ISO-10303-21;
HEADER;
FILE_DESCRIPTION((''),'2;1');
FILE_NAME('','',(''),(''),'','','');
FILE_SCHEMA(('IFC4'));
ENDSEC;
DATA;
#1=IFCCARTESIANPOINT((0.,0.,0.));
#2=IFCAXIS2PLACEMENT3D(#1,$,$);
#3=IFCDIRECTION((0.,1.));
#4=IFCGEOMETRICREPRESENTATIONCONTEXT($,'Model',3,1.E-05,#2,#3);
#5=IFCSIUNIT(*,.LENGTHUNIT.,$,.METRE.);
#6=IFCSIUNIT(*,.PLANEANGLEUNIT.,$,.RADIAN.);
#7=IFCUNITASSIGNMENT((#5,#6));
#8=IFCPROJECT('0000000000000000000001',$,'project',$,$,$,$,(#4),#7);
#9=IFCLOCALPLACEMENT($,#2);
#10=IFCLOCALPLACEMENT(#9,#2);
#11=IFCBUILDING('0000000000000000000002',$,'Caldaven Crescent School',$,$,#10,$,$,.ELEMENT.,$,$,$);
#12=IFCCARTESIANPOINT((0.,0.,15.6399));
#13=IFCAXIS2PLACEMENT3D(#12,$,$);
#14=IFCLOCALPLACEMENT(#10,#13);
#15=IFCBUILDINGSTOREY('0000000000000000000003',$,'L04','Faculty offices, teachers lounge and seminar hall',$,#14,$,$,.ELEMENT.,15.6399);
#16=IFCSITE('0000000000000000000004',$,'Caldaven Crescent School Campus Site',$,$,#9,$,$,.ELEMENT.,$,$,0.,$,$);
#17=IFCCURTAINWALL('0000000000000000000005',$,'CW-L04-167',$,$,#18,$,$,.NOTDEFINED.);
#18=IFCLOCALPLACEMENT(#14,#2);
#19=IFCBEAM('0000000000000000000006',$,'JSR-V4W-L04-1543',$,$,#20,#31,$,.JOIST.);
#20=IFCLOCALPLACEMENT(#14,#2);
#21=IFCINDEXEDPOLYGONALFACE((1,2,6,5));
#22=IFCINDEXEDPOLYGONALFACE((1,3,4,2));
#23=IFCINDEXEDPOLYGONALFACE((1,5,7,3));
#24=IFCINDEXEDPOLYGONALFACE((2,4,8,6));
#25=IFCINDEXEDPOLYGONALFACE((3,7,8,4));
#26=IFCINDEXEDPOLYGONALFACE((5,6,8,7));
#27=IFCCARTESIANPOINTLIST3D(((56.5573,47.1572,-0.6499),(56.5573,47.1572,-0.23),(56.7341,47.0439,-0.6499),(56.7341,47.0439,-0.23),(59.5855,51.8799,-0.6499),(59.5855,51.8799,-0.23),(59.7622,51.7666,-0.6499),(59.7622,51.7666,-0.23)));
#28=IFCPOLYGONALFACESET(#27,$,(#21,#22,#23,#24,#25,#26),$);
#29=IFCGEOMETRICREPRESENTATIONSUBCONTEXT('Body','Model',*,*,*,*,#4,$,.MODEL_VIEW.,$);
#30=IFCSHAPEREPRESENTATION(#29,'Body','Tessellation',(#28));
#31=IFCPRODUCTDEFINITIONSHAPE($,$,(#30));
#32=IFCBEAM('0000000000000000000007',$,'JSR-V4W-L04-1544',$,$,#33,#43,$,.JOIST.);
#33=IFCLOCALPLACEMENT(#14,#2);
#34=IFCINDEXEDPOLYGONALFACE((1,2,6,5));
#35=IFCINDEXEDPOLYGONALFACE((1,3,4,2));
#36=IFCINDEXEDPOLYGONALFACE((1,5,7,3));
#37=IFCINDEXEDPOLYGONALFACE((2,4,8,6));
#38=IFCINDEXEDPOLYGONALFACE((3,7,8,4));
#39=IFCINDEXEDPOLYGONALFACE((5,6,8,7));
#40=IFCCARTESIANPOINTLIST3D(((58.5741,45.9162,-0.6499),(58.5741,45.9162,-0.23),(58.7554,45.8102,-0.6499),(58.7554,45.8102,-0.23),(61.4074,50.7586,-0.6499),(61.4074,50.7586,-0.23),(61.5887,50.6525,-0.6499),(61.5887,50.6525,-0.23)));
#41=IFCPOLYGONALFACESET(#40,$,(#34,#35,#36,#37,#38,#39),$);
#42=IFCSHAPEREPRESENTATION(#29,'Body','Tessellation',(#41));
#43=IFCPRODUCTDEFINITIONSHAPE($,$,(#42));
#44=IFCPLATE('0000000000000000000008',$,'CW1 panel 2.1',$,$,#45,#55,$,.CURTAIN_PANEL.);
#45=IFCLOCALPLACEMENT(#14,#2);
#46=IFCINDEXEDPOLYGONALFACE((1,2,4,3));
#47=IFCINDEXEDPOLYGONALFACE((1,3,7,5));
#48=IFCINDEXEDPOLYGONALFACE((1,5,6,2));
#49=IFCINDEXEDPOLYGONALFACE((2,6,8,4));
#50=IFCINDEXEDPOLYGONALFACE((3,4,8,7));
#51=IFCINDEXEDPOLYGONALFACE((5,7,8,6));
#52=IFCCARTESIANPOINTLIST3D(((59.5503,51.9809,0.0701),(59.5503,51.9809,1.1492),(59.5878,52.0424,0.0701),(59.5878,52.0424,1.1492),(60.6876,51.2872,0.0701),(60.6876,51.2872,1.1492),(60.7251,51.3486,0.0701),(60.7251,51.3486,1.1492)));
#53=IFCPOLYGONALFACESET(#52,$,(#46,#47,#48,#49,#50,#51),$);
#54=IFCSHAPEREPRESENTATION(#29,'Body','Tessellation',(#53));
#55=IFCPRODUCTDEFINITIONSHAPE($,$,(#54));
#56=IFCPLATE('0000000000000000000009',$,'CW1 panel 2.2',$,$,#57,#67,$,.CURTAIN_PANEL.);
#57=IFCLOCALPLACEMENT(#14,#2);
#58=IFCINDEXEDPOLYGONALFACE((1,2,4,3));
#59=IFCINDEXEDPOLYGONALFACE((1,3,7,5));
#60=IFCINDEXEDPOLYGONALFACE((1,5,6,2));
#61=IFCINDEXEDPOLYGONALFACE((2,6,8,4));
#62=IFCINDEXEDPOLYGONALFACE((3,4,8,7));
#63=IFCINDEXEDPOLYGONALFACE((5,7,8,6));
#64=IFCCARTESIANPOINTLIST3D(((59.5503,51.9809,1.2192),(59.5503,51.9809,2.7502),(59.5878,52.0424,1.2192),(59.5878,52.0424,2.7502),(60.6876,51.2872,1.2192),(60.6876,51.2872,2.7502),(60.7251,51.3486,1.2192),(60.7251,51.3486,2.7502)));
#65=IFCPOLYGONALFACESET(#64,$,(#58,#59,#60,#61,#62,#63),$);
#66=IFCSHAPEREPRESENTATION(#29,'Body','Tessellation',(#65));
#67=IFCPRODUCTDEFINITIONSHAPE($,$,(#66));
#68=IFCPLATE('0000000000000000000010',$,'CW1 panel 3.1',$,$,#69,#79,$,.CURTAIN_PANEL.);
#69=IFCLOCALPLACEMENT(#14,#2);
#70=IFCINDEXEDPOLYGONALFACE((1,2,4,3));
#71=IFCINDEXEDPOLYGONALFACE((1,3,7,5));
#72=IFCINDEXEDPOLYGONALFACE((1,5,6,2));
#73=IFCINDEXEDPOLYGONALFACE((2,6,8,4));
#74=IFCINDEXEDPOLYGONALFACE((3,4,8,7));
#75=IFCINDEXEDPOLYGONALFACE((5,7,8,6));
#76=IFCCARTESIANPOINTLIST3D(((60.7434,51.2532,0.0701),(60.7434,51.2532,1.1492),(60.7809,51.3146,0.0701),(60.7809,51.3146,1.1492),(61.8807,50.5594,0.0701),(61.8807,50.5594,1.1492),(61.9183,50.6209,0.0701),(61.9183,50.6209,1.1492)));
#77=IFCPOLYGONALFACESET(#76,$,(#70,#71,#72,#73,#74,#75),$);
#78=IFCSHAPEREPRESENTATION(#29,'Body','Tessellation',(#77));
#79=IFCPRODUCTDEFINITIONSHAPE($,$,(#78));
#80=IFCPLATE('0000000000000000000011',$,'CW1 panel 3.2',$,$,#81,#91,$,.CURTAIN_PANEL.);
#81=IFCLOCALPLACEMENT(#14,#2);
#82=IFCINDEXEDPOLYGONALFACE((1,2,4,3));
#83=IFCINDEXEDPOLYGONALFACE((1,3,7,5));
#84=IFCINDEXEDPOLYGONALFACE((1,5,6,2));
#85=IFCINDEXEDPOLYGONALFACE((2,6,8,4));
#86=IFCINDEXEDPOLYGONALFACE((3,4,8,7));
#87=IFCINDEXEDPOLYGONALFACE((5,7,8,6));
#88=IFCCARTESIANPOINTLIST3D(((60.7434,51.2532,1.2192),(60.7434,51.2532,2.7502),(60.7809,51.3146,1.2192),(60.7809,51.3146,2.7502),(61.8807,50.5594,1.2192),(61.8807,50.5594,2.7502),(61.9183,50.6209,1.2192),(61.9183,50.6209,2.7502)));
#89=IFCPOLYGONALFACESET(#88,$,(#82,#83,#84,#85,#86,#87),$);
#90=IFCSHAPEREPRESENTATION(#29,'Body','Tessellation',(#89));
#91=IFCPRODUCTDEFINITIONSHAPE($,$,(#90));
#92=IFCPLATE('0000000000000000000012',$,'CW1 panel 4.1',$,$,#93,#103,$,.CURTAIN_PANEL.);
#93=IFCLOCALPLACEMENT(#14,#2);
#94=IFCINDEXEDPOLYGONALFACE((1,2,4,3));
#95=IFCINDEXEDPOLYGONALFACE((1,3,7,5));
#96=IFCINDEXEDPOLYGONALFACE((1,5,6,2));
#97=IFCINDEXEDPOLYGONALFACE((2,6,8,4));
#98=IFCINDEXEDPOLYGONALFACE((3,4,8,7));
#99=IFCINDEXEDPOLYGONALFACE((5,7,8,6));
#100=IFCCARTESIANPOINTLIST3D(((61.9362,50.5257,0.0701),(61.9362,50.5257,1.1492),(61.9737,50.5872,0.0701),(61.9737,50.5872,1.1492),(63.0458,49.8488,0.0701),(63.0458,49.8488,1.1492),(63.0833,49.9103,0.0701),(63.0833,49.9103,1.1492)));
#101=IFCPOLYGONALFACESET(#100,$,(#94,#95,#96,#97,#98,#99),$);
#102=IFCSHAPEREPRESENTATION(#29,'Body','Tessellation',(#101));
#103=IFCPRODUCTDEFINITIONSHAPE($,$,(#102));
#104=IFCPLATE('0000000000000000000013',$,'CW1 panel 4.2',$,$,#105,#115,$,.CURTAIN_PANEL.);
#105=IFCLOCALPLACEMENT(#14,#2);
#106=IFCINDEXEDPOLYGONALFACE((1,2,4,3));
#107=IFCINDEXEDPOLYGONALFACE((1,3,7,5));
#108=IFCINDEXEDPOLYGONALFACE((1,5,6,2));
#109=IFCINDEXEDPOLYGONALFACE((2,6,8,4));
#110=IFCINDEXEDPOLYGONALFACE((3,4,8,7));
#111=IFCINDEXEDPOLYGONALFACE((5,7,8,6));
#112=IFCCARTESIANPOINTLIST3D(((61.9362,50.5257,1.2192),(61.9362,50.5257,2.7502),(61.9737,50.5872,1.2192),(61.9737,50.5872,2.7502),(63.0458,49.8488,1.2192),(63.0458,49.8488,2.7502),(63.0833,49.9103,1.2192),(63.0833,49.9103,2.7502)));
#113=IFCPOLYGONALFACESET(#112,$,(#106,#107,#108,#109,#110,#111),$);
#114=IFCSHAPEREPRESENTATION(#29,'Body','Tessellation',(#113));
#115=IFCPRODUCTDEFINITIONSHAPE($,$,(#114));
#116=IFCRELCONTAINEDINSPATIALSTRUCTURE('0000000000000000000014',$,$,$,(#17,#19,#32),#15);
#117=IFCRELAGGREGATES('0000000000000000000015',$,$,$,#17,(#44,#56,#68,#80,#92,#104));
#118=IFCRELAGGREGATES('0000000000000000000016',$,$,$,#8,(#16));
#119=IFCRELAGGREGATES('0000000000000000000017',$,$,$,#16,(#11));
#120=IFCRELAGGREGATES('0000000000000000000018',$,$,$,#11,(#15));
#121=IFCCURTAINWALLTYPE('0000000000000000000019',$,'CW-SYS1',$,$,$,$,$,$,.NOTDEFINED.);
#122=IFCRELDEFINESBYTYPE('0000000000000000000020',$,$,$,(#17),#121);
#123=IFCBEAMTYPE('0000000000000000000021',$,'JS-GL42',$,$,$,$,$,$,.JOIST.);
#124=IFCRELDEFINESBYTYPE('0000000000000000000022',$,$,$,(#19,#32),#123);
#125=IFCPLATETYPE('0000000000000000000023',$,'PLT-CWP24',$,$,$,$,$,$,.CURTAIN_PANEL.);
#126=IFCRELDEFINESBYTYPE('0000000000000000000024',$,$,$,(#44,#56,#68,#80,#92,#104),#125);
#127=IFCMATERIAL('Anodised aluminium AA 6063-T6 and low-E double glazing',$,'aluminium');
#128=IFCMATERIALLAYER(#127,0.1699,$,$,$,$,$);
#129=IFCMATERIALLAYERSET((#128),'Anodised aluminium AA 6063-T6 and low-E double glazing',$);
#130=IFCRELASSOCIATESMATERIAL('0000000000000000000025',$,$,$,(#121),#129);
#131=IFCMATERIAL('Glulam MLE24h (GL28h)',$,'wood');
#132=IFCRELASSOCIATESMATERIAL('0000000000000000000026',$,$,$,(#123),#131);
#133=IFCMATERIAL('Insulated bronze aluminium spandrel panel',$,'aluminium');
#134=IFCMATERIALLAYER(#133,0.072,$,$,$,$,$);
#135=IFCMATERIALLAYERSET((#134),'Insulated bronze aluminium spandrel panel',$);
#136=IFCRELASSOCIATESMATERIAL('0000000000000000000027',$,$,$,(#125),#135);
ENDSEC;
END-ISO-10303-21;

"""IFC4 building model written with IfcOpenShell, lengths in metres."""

from ifc_helpers import new_model, si_unit, direction, frame, origin, origin_2d, place, context, subcontext, project, spatial, rectangle, extrude, material, layer, layer_set, material_profile, profile_set, type_object, element, aggregate, save


model = new_model("IFC4")

# Units and contexts
model_context = context("Model", 3, precision=1e-05, world=origin(), true_north=direction((0.0, 1.0)))
body_context = subcontext(model_context, "Body", "Model", "MODEL_VIEW")
ifc_project = project(units=[si_unit("LENGTHUNIT", "METRE"), si_unit("PLANEANGLEUNIT", "RADIAN")], contexts=[model_context])

# Site, building, storey
site_placement = place(None, origin())
site = spatial("IfcSite", under=ifc_project, at=site_placement, Name="Caldaven Crescent School Campus Site", CompositionType="ELEMENT", RefElevation=0.0)
building_placement = place(site_placement, origin())
building = spatial("IfcBuilding", under=site, at=building_placement, Name="Caldaven Crescent School", CompositionType="ELEMENT")
storey_placement = place(building_placement, frame((0.0, 0.0, 15.6399)))
storey = spatial("IfcBuildingStorey", under=building, at=storey_placement, Name="L04", Description="Faculty offices, teachers lounge and seminar hall", CompositionType="ELEMENT", Elevation=15.6399)

# Shared definitions
ifc_material_1 = material(Name="Glulam MLE24h (GL28h)", Category="wood")

# Curtain wall
ifc_material_2 = material(Name="Anodised aluminium AA 6063-T6 and low-E double glazing", Category="aluminium")
ifc_layer_1 = layer(ifc_material_2, 0.1699)
ifc_layer_set_1 = layer_set([ifc_layer_1], Name="Anodised aluminium AA 6063-T6 and low-E double glazing")
curtain_wall_type = type_object("IfcCurtainWallType", Name="CW-SYS1", PredefinedType="NOTDEFINED", material=ifc_layer_set_1)
curtain_wall_placement = place(storey_placement, origin())
curtain_wall = element("IfcCurtainWall", 1, at=curtain_wall_placement, inside=storey, type_object=curtain_wall_type, Name="CW-L04-167", PredefinedType="NOTDEFINED")

# Beams
ifc_material_profile_1 = material_profile(ifc_material_1, rectangle(XDim=0.21, YDim=0.4199, at=origin_2d()), Name="MLE 210x420")
ifc_profile_set_1 = profile_set([ifc_material_profile_1], Name="Glulam MLE24h (GL28h)")
beam_type_1 = type_object("IfcBeamType", Name="JS-GL42", PredefinedType="JOIST", material=ifc_profile_set_1)
beam_1_placement = place(storey_placement, frame((59.6738, 51.8232, -0.4399), z_axis=(-0.539759, -0.84182, 0.0), x_axis=(0.84182, -0.539759, 0.0)))
element("IfcBeam", 2, at=beam_1_placement, inside=storey, type_object=beam_type_1, Name="JSR-V4W-L04-1543", PredefinedType="JOIST", context=body_context, shape_type="SweptSolid", body=[
    extrude(rectangle(XDim=0.21, YDim=0.4199, at=origin_2d()), origin(), (0.0, 0.0, 1.0), 5.6101),
])
beam_2_placement = place(storey_placement, frame((61.498, 50.7056, -0.4399), z_axis=(-0.505012, -0.863112, 0.0), x_axis=(0.863112, -0.505012, 0.0)))
element("IfcBeam", 3, at=beam_2_placement, inside=storey, type_object=beam_type_1, Name="JSR-V4W-L04-1544", PredefinedType="JOIST", context=body_context, shape_type="SweptSolid", body=[
    extrude(rectangle(XDim=0.21, YDim=0.4199, at=origin_2d()), origin(), (0.0, 0.0, 1.0), 5.6104),
])

# Plates
ifc_material_3 = material(Name="Insulated bronze aluminium spandrel panel", Category="aluminium")
ifc_layer_2 = layer(ifc_material_3, 0.072)
ifc_layer_set_2 = layer_set([ifc_layer_2], Name="Insulated bronze aluminium spandrel panel")
plate_type = type_object("IfcPlateType", Name="PLT-CWP24", PredefinedType="CURTAIN_PANEL", material=ifc_layer_set_2)
plate_1_placement = place(storey_placement, frame((60.1377, 51.6648, 0.0701), z_axis=(0.0, 0.0, 1.0), x_axis=(0.853709, -0.520751, 0.0)))
plate_1 = element("IfcPlate", 4, at=plate_1_placement, type_object=plate_type, Name="CW1 panel 2.1", PredefinedType="CURTAIN_PANEL", context=body_context, shape_type="SweptSolid", body=[
    extrude(rectangle(XDim=1.3323, YDim=0.072, at=origin_2d()), origin(), (0.0, 0.0, 1.0), 1.0791),
])
plate_2_placement = place(storey_placement, frame((60.1377, 51.6648, 1.2192), z_axis=(0.0, 0.0, 1.0), x_axis=(0.853709, -0.520751, 0.0)))
plate_2 = element("IfcPlate", 5, at=plate_2_placement, type_object=plate_type, Name="CW1 panel 2.2", PredefinedType="CURTAIN_PANEL", context=body_context, shape_type="SweptSolid", body=[
    extrude(rectangle(XDim=1.3323, YDim=0.072, at=origin_2d()), origin(), (0.0, 0.0, 1.0), 1.531),
])
plate_3_placement = place(storey_placement, frame((61.3308, 50.937, 0.0701), z_axis=(0.0, 0.0, 1.0), x_axis=(0.853709, -0.520751, 0.0)))
plate_3 = element("IfcPlate", 6, at=plate_3_placement, type_object=plate_type, Name="CW1 panel 3.1", PredefinedType="CURTAIN_PANEL", context=body_context, shape_type="SweptSolid", body=[
    extrude(rectangle(XDim=1.3323, YDim=0.072, at=origin_2d()), origin(), (0.0, 0.0, 1.0), 1.0791),
])
plate_4_placement = place(storey_placement, frame((61.3308, 50.937, 1.2192), z_axis=(0.0, 0.0, 1.0), x_axis=(0.853709, -0.520751, 0.0)))
plate_4 = element("IfcPlate", 7, at=plate_4_placement, type_object=plate_type, Name="CW1 panel 3.2", PredefinedType="CURTAIN_PANEL", context=body_context, shape_type="SweptSolid", body=[
    extrude(rectangle(XDim=1.3323, YDim=0.072, at=origin_2d()), origin(), (0.0, 0.0, 1.0), 1.531),
])
plate_5_placement = place(storey_placement, frame((62.5098, 50.218, 0.0701), z_axis=(0.0, 0.0, 1.0), x_axis=(0.853709, -0.520751, 0.0)))
plate_5 = element("IfcPlate", 8, at=plate_5_placement, type_object=plate_type, Name="CW1 panel 4.1", PredefinedType="CURTAIN_PANEL", context=body_context, shape_type="SweptSolid", body=[
    extrude(rectangle(XDim=1.2998, YDim=0.072, at=origin_2d()), origin(), (0.0, 0.0, 1.0), 1.0791),
])
plate_6_placement = place(storey_placement, frame((62.5098, 50.218, 1.2192), z_axis=(0.0, 0.0, 1.0), x_axis=(0.853709, -0.520751, 0.0)))
plate_6 = element("IfcPlate", 9, at=plate_6_placement, type_object=plate_type, Name="CW1 panel 4.2", PredefinedType="CURTAIN_PANEL", context=body_context, shape_type="SweptSolid", body=[
    extrude(rectangle(XDim=1.2998, YDim=0.072, at=origin_2d()), origin(), (0.0, 0.0, 1.0), 1.531),
])
aggregate(curtain_wall, [plate_1, plate_2, plate_3, plate_4, plate_5, plate_6])

save(model, "model.ifc")
